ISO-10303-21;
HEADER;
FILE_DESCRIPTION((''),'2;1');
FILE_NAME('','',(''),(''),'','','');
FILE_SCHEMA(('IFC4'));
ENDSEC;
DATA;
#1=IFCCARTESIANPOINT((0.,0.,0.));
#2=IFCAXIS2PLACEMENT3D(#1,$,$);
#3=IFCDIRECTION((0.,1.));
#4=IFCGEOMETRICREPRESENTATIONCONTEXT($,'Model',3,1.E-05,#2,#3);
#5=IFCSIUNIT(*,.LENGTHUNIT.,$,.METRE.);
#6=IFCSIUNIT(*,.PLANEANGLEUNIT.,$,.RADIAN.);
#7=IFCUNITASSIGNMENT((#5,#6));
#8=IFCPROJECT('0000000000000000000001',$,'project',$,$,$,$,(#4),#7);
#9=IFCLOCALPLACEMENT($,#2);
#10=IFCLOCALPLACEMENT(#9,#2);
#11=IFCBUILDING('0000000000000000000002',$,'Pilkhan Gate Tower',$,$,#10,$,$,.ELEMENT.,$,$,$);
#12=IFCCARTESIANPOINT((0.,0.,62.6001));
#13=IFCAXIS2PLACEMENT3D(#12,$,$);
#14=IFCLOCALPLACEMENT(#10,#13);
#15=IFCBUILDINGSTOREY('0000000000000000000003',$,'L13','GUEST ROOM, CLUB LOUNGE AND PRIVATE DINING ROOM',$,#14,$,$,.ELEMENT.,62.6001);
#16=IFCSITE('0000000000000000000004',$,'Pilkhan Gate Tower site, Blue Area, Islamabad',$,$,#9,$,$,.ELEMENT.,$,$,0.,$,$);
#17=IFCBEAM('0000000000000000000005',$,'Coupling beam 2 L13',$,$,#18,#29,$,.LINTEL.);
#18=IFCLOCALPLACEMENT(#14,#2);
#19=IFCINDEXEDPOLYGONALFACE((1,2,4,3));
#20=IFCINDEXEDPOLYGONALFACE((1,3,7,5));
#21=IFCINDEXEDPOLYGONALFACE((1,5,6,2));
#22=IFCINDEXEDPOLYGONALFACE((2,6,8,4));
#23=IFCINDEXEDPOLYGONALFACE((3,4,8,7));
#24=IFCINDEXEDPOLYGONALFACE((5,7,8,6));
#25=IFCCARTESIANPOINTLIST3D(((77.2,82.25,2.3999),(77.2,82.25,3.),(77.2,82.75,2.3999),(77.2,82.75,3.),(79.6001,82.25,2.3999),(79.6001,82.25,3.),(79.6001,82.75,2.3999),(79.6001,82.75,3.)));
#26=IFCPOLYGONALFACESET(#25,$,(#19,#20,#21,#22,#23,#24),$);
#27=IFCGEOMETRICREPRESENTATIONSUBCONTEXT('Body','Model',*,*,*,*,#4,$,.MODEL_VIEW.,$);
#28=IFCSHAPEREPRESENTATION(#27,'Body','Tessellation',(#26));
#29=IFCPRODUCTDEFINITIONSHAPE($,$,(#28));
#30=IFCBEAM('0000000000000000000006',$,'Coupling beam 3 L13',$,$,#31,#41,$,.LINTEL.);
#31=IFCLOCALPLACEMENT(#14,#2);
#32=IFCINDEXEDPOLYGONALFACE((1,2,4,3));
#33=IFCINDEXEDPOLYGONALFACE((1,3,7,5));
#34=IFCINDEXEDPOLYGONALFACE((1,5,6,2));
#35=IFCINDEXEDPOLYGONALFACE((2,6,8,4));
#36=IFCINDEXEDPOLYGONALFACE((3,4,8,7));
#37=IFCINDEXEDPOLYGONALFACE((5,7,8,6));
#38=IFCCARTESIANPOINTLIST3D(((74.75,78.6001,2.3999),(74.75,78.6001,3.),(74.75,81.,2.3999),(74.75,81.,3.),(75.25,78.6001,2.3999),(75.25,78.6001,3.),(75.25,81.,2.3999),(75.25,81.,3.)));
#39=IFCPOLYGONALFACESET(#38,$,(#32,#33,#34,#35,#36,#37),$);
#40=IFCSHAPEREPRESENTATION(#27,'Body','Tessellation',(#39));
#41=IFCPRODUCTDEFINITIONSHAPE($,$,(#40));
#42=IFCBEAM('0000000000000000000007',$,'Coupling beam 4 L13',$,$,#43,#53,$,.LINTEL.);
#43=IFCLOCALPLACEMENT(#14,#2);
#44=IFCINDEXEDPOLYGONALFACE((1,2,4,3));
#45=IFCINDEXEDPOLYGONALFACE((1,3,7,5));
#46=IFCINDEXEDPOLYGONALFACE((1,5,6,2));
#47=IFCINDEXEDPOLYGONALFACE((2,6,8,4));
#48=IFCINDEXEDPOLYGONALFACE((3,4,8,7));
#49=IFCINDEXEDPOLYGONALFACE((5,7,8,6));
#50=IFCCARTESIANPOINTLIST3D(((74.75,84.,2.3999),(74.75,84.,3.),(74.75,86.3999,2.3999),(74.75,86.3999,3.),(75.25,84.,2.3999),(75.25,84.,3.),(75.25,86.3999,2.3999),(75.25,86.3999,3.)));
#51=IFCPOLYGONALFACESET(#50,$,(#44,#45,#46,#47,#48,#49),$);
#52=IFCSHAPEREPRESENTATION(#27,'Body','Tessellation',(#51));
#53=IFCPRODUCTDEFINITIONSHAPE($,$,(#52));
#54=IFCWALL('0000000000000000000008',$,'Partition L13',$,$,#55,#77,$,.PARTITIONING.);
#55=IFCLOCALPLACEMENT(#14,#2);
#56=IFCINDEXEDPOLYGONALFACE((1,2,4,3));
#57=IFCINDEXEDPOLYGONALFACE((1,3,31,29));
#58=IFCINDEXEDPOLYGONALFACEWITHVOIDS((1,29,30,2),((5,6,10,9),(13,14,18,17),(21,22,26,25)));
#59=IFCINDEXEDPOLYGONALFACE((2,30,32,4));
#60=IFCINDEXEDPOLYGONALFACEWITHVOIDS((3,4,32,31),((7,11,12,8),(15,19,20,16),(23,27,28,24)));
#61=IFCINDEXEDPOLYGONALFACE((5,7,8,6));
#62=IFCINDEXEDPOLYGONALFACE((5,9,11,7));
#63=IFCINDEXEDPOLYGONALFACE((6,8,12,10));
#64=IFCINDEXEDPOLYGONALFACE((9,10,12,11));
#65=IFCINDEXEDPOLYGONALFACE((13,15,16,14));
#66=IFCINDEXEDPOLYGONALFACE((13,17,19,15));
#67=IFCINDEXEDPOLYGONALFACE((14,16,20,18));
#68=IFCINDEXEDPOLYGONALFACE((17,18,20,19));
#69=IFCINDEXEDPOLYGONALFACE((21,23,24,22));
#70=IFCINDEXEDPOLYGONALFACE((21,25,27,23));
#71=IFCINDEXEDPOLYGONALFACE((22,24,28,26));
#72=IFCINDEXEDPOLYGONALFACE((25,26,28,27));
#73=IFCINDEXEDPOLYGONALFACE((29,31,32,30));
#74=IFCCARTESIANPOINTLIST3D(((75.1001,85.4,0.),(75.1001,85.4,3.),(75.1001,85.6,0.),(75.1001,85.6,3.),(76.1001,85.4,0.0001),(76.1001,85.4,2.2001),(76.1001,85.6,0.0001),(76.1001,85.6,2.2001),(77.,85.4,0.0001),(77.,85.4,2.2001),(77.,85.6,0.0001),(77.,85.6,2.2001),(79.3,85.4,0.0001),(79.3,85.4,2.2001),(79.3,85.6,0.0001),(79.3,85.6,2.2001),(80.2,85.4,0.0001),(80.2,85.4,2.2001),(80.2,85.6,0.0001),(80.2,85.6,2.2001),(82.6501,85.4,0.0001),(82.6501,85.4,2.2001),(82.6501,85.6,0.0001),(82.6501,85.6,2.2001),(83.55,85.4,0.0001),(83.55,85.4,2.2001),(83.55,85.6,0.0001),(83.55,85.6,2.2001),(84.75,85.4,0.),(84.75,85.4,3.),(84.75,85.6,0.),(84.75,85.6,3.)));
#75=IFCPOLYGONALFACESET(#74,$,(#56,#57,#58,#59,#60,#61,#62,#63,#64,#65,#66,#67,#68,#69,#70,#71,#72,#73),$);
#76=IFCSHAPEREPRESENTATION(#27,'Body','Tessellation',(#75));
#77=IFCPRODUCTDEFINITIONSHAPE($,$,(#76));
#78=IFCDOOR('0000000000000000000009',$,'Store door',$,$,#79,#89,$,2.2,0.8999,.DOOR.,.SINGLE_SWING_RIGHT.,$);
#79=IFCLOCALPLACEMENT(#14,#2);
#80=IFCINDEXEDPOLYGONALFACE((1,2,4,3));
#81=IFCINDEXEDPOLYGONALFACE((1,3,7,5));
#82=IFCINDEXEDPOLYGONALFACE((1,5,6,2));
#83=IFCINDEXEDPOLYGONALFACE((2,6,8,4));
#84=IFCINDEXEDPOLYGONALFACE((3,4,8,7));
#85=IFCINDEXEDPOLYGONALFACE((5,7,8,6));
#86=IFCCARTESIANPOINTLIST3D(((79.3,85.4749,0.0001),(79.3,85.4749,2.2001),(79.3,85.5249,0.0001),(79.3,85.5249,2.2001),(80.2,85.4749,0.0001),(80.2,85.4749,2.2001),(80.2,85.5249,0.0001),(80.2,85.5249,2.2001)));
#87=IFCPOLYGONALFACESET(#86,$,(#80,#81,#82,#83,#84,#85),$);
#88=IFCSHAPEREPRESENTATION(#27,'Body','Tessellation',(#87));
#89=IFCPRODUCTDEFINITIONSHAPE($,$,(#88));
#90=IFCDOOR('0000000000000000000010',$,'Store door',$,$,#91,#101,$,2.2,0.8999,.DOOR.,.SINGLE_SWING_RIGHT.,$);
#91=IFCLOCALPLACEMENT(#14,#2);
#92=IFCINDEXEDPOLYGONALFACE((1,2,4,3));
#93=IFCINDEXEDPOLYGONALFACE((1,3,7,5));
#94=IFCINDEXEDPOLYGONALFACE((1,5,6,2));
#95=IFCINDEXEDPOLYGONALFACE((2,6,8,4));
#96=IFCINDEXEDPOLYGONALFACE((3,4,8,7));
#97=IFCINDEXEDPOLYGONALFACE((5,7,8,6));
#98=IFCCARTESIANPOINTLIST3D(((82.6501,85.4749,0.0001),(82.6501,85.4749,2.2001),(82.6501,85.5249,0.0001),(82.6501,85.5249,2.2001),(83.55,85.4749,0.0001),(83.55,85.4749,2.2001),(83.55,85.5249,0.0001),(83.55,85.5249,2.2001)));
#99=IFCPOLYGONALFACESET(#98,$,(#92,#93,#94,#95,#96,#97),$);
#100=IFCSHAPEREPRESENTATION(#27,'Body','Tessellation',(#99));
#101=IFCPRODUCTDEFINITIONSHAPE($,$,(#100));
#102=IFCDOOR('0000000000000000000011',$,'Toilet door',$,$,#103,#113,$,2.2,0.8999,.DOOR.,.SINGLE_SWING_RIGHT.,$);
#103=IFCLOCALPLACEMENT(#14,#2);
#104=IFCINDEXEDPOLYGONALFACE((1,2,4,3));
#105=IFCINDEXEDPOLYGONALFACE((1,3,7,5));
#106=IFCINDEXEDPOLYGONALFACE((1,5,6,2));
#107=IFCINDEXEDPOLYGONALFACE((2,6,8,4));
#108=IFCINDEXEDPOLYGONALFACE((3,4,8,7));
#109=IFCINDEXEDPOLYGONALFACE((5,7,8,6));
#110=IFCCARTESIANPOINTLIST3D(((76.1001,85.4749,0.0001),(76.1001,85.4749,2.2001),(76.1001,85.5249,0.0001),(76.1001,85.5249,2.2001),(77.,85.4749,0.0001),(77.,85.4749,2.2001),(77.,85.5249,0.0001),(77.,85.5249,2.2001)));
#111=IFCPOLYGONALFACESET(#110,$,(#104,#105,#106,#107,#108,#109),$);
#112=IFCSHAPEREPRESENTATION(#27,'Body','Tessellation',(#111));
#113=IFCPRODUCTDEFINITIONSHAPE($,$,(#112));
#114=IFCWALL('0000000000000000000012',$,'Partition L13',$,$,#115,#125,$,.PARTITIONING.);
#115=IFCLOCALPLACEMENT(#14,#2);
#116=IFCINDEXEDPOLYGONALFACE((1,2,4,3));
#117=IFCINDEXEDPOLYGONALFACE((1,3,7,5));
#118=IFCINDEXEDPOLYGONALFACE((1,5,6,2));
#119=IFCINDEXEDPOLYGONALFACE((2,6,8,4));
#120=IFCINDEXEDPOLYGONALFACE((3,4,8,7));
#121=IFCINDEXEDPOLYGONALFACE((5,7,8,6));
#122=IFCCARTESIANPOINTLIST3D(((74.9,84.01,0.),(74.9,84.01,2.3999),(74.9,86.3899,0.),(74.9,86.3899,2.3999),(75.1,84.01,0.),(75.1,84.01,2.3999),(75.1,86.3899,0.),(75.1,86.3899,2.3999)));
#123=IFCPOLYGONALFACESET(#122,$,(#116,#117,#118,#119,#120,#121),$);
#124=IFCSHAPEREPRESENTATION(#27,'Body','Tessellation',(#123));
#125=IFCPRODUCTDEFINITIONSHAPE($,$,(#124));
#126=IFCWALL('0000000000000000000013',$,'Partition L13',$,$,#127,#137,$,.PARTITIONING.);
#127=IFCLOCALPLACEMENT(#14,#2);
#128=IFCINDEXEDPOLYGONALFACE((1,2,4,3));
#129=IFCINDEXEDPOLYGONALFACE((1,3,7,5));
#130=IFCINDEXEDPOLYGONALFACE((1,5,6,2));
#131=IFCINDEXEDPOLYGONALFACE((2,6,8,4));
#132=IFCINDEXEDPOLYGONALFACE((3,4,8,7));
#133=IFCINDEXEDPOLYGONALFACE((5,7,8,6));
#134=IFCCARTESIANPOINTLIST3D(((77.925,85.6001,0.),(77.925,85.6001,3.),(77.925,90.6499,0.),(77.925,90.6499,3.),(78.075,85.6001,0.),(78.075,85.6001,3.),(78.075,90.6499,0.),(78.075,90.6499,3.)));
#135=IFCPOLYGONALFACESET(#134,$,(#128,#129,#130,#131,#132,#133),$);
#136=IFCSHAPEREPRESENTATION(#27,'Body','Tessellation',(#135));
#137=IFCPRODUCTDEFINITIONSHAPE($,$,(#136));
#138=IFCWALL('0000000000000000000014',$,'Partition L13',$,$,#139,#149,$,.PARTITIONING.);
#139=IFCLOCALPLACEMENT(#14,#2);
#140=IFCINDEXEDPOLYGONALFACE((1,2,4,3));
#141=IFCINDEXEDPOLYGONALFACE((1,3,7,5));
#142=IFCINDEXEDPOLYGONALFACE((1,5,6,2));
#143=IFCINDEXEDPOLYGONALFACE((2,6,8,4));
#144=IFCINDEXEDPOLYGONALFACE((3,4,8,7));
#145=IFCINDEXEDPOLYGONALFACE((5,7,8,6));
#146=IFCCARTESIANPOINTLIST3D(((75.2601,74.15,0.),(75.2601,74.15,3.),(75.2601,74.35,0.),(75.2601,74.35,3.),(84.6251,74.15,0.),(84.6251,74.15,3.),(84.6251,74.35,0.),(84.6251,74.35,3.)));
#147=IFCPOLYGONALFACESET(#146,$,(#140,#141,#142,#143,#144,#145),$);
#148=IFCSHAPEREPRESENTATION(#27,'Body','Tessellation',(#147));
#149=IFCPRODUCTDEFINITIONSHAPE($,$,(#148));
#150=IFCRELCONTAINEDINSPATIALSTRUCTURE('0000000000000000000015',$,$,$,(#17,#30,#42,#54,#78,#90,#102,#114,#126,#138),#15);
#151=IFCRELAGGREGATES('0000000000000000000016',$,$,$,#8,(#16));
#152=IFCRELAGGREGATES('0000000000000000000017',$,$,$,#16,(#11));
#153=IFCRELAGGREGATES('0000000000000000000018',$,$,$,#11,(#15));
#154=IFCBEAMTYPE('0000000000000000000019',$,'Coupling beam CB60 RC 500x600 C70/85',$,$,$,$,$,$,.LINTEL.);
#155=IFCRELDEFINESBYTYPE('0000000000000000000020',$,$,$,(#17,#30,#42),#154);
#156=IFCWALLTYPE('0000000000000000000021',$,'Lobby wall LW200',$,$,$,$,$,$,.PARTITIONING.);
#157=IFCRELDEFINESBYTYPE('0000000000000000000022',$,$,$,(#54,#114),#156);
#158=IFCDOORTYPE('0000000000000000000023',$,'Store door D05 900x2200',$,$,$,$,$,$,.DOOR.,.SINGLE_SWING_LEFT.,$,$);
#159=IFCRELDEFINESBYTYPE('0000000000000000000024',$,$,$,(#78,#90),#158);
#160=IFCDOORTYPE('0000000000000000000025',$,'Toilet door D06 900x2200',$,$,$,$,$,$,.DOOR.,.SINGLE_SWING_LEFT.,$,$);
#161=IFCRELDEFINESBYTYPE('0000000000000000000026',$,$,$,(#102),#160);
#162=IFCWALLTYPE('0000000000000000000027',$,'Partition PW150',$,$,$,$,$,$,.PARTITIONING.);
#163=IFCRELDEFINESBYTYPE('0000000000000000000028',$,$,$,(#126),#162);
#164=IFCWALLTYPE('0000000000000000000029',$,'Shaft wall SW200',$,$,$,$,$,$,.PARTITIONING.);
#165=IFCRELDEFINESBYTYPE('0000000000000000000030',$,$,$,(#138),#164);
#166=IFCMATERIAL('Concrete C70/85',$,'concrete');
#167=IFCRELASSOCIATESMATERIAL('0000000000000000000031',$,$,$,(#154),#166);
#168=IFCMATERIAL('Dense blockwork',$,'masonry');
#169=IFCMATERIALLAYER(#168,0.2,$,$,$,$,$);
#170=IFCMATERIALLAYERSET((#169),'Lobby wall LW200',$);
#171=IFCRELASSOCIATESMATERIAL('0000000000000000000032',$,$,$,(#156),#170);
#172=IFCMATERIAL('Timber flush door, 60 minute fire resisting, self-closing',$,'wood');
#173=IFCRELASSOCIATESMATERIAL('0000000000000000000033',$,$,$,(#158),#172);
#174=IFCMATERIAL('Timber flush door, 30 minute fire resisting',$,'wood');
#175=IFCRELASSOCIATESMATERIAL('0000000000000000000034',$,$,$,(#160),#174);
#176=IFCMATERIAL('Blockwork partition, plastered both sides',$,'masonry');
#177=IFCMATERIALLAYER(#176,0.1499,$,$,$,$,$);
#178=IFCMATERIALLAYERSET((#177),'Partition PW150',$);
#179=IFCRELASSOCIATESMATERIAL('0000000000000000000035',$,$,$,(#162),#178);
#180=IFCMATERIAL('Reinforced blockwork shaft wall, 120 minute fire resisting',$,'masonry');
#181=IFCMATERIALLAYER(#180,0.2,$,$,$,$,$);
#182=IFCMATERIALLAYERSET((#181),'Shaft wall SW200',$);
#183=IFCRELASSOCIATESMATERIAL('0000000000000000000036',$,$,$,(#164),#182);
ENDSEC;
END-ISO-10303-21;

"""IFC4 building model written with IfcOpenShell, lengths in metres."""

from ifc_helpers import new_model, si_unit, direction, frame, frame_2d, origin, origin_2d, place, context, subcontext, project, spatial, rectangle, extrude, material, layer, layer_set, material_profile, profile_set, type_object, element, fill, save


model = new_model("IFC4")

# Units and contexts
model_context = context("Model", 3, precision=1e-05, world=origin(), true_north=direction((0.0, 1.0)))
body_context = subcontext(model_context, "Body", "Model", "MODEL_VIEW")
ifc_project = project(units=[si_unit("LENGTHUNIT", "METRE"), si_unit("PLANEANGLEUNIT", "RADIAN")], contexts=[model_context])

# Site, building, storey
site_placement = place(None, origin())
site = spatial("IfcSite", under=ifc_project, at=site_placement, Name="Pilkhan Gate Tower site, Blue Area, Islamabad", CompositionType="ELEMENT", RefElevation=0.0)
building_placement = place(site_placement, origin())
building = spatial("IfcBuilding", under=site, at=building_placement, Name="Pilkhan Gate Tower", CompositionType="ELEMENT")
storey_placement = place(building_placement, frame((0.0, 0.0, 62.6001)))
storey = spatial("IfcBuildingStorey", under=building, at=storey_placement, Name="L13", Description="GUEST ROOM, CLUB LOUNGE AND PRIVATE DINING ROOM", CompositionType="ELEMENT", Elevation=62.6001)

# Beams
ifc_material_1 = material(Name="Concrete C70/85", Category="concrete")
ifc_material_profile = material_profile(ifc_material_1, rectangle(XDim=0.5, YDim=0.6001, at=origin_2d()), Name="RC 500x600")
ifc_profile_set = profile_set([ifc_material_profile], Name="Concrete C70/85")
beam_type = type_object("IfcBeamType", Name="Coupling beam CB60 RC 500x600 C70/85", PredefinedType="LINTEL", material=ifc_profile_set)
beam_placement = place(storey_placement, frame((77.2, 82.5, 2.7), z_axis=(1.0, 0.0, 0.0), x_axis=(0.0, 1.0, 0.0)))
element("IfcBeam", 1, at=beam_placement, inside=storey, type_object=beam_type, Name="Coupling beam 2 L13", PredefinedType="LINTEL", context=body_context, shape_type="SweptSolid", body=[
    extrude(rectangle(XDim=0.5, YDim=0.6001, at=origin_2d()), origin(), (0.0, 0.0, 1.0), 2.4001),
])
for number, where, z_axis, x_axis, name in (
    (2, (75.0, 78.6001, 2.7), (0.0, 1.0, 0.0), (-1.0, 0.0, 0.0), "Coupling beam 3 L13"),
    (3, (75.0, 84.0, 2.7), (0.0, 1.0, 0.0), (-1.0, 0.0, 0.0), "Coupling beam 4 L13"),
):
    element("IfcBeam", number, at=place(storey_placement, frame(where, z_axis=z_axis, x_axis=x_axis)), inside=storey, type_object=beam_type, Name=name, PredefinedType="LINTEL", context=body_context, shape_type="SweptSolid", body=[
        extrude(rectangle(XDim=0.5, YDim=0.6001, at=origin_2d()), origin(), (0.0, 0.0, 1.0), 2.3999),
    ])

# Wall, openings, doors
ifc_material_2 = material(Name="Dense blockwork", Category="masonry")
ifc_layer_1 = layer(ifc_material_2, 0.2)
ifc_layer_set_1 = layer_set([ifc_layer_1], Name="Lobby wall LW200")
wall_type_1 = type_object("IfcWallType", Name="Lobby wall LW200", PredefinedType="PARTITIONING", material=ifc_layer_set_1)
wall_1_placement = place(storey_placement, frame((75.1001, 85.5, 0.0), z_axis=(0.0, 0.0, 1.0), x_axis=(1.0, 0.0, 0.0)))
wall_1 = element("IfcWall", 4, at=wall_1_placement, inside=storey, type_object=wall_type_1, Name="Partition L13", PredefinedType="PARTITIONING", context=body_context, shape_type="SweptSolid", body=[
    extrude(rectangle(XDim=9.6499, YDim=0.2, at=frame_2d((4.825, 0.0))), origin(), (0.0, 0.0, 1.0), 3.0),
])
opening_1_placement = place(wall_1_placement, frame((1.0, 0.0, 0.0)))
opening_1 = element("IfcOpeningElement", 5, at=opening_1_placement, cuts=wall_1, PredefinedType="OPENING", context=body_context, shape_type="SweptSolid", body=[
    extrude(rectangle(XDim=0.8999, YDim=2.2, at=frame_2d((0.45, 1.1001))), frame((0.0, 0.1099, 0.0), z_axis=(0.0, -1.0, 0.0), x_axis=(1.0, 0.0, 0.0)), (0.0, 0.0, 1.0), 0.22),
])
opening_2_placement = place(wall_1_placement, frame((4.2, 0.0, 0.0)))
opening_2 = element("IfcOpeningElement", 6, at=opening_2_placement, cuts=wall_1, PredefinedType="OPENING", context=body_context, shape_type="SweptSolid", body=[
    extrude(rectangle(XDim=0.8999, YDim=2.2, at=frame_2d((0.45, 1.1001))), frame((0.0, 0.1099, 0.0), z_axis=(0.0, -1.0, 0.0), x_axis=(1.0, 0.0, 0.0)), (0.0, 0.0, 1.0), 0.22),
])
opening_3_placement = place(wall_1_placement, frame((7.55, 0.0, 0.0)))
opening_3 = element("IfcOpeningElement", 7, at=opening_3_placement, cuts=wall_1, PredefinedType="OPENING", context=body_context, shape_type="SweptSolid", body=[
    extrude(rectangle(XDim=0.8999, YDim=2.2, at=frame_2d((0.45, 1.1001))), frame((0.0, 0.1099, 0.0), z_axis=(0.0, -1.0, 0.0), x_axis=(1.0, 0.0, 0.0)), (0.0, 0.0, 1.0), 0.22),
])
ifc_material_3 = material(Name="Timber flush door, 60 minute fire resisting, self-closing", Category="wood")
door_type_1 = type_object("IfcDoorType", Name="Store door D05 900x2200", OperationType="SINGLE_SWING_LEFT", PredefinedType="DOOR", material=ifc_material_3)
door_1_placement = place(opening_2_placement, origin())
door_1 = element("IfcDoor", 8, at=door_1_placement, inside=storey, type_object=door_type_1, Name="Store door", OperationType="SINGLE_SWING_RIGHT", OverallHeight=2.2, OverallWidth=0.8999, PredefinedType="DOOR", context=body_context, shape_type="SweptSolid", body=[
    extrude(rectangle(XDim=0.8999, YDim=2.2, at=frame_2d((0.45, 1.1001))), frame((0.0, 0.0249, 0.0), z_axis=(0.0, -1.0, 0.0), x_axis=(1.0, 0.0, 0.0)), (0.0, 0.0, 1.0), 0.05),
])
fill(opening_2, door_1)
door_2_placement = place(opening_3_placement, origin())
door_2 = element("IfcDoor", 9, at=door_2_placement, inside=storey, type_object=door_type_1, Name="Store door", OperationType="SINGLE_SWING_RIGHT", OverallHeight=2.2, OverallWidth=0.8999, PredefinedType="DOOR", context=body_context, shape_type="SweptSolid", body=[
    extrude(rectangle(XDim=0.8999, YDim=2.2, at=frame_2d((0.45, 1.1001))), frame((0.0, 0.0249, 0.0), z_axis=(0.0, -1.0, 0.0), x_axis=(1.0, 0.0, 0.0)), (0.0, 0.0, 1.0), 0.05),
])
fill(opening_3, door_2)
ifc_material_4 = material(Name="Timber flush door, 30 minute fire resisting", Category="wood")
door_type_2 = type_object("IfcDoorType", Name="Toilet door D06 900x2200", OperationType="SINGLE_SWING_LEFT", PredefinedType="DOOR", material=ifc_material_4)
door_3_placement = place(opening_1_placement, origin())
door_3 = element("IfcDoor", 10, at=door_3_placement, inside=storey, type_object=door_type_2, Name="Toilet door", OperationType="SINGLE_SWING_RIGHT", OverallHeight=2.2, OverallWidth=0.8999, PredefinedType="DOOR", context=body_context, shape_type="SweptSolid", body=[
    extrude(rectangle(XDim=0.8999, YDim=2.2, at=frame_2d((0.45, 1.1001))), frame((0.0, 0.0249, 0.0), z_axis=(0.0, -1.0, 0.0), x_axis=(1.0, 0.0, 0.0)), (0.0, 0.0, 1.0), 0.05),
])
fill(opening_1, door_3)

# Walls
wall_2_placement = place(storey_placement, frame((75.0, 84.01, 0.0), z_axis=(0.0, 0.0, 1.0), x_axis=(0.0, 1.0, 0.0)))
element("IfcWall", 11, at=wall_2_placement, inside=storey, type_object=wall_type_1, Name="Partition L13", PredefinedType="PARTITIONING", context=body_context, shape_type="SweptSolid", body=[
    extrude(rectangle(XDim=2.3799, YDim=0.2, at=frame_2d((1.1899, 0.0))), origin(), (0.0, 0.0, 1.0), 2.3999),
])
ifc_material_5 = material(Name="Blockwork partition, plastered both sides", Category="masonry")
ifc_layer_2 = layer(ifc_material_5, 0.1499)
ifc_layer_set_2 = layer_set([ifc_layer_2], Name="Partition PW150")
wall_type_2 = type_object("IfcWallType", Name="Partition PW150", PredefinedType="PARTITIONING", material=ifc_layer_set_2)
wall_3_placement = place(storey_placement, frame((78.0, 85.6001, 0.0), z_axis=(0.0, 0.0, 1.0), x_axis=(0.0, 1.0, 0.0)))
element("IfcWall", 12, at=wall_3_placement, inside=storey, type_object=wall_type_2, Name="Partition L13", PredefinedType="PARTITIONING", context=body_context, shape_type="SweptSolid", body=[
    extrude(rectangle(XDim=5.0498, YDim=0.1499, at=frame_2d((2.5249, 0.0))), origin(), (0.0, 0.0, 1.0), 3.0),
])
ifc_material_6 = material(Name="Reinforced blockwork shaft wall, 120 minute fire resisting", Category="masonry")
ifc_layer_3 = layer(ifc_material_6, 0.2)
ifc_layer_set_3 = layer_set([ifc_layer_3], Name="Shaft wall SW200")
wall_type_3 = type_object("IfcWallType", Name="Shaft wall SW200", PredefinedType="PARTITIONING", material=ifc_layer_set_3)
wall_4_placement = place(storey_placement, frame((75.26, 74.25, 0.0), z_axis=(0.0, 0.0, 1.0), x_axis=(1.0, 0.0, 0.0)))
element("IfcWall", 13, at=wall_4_placement, inside=storey, type_object=wall_type_3, Name="Partition L13", PredefinedType="PARTITIONING", context=body_context, shape_type="SweptSolid", body=[
    extrude(rectangle(XDim=9.365, YDim=0.2, at=frame_2d((4.6826, 0.0))), origin(), (0.0, 0.0, 1.0), 3.0),
])

save(model, "model.ifc")
